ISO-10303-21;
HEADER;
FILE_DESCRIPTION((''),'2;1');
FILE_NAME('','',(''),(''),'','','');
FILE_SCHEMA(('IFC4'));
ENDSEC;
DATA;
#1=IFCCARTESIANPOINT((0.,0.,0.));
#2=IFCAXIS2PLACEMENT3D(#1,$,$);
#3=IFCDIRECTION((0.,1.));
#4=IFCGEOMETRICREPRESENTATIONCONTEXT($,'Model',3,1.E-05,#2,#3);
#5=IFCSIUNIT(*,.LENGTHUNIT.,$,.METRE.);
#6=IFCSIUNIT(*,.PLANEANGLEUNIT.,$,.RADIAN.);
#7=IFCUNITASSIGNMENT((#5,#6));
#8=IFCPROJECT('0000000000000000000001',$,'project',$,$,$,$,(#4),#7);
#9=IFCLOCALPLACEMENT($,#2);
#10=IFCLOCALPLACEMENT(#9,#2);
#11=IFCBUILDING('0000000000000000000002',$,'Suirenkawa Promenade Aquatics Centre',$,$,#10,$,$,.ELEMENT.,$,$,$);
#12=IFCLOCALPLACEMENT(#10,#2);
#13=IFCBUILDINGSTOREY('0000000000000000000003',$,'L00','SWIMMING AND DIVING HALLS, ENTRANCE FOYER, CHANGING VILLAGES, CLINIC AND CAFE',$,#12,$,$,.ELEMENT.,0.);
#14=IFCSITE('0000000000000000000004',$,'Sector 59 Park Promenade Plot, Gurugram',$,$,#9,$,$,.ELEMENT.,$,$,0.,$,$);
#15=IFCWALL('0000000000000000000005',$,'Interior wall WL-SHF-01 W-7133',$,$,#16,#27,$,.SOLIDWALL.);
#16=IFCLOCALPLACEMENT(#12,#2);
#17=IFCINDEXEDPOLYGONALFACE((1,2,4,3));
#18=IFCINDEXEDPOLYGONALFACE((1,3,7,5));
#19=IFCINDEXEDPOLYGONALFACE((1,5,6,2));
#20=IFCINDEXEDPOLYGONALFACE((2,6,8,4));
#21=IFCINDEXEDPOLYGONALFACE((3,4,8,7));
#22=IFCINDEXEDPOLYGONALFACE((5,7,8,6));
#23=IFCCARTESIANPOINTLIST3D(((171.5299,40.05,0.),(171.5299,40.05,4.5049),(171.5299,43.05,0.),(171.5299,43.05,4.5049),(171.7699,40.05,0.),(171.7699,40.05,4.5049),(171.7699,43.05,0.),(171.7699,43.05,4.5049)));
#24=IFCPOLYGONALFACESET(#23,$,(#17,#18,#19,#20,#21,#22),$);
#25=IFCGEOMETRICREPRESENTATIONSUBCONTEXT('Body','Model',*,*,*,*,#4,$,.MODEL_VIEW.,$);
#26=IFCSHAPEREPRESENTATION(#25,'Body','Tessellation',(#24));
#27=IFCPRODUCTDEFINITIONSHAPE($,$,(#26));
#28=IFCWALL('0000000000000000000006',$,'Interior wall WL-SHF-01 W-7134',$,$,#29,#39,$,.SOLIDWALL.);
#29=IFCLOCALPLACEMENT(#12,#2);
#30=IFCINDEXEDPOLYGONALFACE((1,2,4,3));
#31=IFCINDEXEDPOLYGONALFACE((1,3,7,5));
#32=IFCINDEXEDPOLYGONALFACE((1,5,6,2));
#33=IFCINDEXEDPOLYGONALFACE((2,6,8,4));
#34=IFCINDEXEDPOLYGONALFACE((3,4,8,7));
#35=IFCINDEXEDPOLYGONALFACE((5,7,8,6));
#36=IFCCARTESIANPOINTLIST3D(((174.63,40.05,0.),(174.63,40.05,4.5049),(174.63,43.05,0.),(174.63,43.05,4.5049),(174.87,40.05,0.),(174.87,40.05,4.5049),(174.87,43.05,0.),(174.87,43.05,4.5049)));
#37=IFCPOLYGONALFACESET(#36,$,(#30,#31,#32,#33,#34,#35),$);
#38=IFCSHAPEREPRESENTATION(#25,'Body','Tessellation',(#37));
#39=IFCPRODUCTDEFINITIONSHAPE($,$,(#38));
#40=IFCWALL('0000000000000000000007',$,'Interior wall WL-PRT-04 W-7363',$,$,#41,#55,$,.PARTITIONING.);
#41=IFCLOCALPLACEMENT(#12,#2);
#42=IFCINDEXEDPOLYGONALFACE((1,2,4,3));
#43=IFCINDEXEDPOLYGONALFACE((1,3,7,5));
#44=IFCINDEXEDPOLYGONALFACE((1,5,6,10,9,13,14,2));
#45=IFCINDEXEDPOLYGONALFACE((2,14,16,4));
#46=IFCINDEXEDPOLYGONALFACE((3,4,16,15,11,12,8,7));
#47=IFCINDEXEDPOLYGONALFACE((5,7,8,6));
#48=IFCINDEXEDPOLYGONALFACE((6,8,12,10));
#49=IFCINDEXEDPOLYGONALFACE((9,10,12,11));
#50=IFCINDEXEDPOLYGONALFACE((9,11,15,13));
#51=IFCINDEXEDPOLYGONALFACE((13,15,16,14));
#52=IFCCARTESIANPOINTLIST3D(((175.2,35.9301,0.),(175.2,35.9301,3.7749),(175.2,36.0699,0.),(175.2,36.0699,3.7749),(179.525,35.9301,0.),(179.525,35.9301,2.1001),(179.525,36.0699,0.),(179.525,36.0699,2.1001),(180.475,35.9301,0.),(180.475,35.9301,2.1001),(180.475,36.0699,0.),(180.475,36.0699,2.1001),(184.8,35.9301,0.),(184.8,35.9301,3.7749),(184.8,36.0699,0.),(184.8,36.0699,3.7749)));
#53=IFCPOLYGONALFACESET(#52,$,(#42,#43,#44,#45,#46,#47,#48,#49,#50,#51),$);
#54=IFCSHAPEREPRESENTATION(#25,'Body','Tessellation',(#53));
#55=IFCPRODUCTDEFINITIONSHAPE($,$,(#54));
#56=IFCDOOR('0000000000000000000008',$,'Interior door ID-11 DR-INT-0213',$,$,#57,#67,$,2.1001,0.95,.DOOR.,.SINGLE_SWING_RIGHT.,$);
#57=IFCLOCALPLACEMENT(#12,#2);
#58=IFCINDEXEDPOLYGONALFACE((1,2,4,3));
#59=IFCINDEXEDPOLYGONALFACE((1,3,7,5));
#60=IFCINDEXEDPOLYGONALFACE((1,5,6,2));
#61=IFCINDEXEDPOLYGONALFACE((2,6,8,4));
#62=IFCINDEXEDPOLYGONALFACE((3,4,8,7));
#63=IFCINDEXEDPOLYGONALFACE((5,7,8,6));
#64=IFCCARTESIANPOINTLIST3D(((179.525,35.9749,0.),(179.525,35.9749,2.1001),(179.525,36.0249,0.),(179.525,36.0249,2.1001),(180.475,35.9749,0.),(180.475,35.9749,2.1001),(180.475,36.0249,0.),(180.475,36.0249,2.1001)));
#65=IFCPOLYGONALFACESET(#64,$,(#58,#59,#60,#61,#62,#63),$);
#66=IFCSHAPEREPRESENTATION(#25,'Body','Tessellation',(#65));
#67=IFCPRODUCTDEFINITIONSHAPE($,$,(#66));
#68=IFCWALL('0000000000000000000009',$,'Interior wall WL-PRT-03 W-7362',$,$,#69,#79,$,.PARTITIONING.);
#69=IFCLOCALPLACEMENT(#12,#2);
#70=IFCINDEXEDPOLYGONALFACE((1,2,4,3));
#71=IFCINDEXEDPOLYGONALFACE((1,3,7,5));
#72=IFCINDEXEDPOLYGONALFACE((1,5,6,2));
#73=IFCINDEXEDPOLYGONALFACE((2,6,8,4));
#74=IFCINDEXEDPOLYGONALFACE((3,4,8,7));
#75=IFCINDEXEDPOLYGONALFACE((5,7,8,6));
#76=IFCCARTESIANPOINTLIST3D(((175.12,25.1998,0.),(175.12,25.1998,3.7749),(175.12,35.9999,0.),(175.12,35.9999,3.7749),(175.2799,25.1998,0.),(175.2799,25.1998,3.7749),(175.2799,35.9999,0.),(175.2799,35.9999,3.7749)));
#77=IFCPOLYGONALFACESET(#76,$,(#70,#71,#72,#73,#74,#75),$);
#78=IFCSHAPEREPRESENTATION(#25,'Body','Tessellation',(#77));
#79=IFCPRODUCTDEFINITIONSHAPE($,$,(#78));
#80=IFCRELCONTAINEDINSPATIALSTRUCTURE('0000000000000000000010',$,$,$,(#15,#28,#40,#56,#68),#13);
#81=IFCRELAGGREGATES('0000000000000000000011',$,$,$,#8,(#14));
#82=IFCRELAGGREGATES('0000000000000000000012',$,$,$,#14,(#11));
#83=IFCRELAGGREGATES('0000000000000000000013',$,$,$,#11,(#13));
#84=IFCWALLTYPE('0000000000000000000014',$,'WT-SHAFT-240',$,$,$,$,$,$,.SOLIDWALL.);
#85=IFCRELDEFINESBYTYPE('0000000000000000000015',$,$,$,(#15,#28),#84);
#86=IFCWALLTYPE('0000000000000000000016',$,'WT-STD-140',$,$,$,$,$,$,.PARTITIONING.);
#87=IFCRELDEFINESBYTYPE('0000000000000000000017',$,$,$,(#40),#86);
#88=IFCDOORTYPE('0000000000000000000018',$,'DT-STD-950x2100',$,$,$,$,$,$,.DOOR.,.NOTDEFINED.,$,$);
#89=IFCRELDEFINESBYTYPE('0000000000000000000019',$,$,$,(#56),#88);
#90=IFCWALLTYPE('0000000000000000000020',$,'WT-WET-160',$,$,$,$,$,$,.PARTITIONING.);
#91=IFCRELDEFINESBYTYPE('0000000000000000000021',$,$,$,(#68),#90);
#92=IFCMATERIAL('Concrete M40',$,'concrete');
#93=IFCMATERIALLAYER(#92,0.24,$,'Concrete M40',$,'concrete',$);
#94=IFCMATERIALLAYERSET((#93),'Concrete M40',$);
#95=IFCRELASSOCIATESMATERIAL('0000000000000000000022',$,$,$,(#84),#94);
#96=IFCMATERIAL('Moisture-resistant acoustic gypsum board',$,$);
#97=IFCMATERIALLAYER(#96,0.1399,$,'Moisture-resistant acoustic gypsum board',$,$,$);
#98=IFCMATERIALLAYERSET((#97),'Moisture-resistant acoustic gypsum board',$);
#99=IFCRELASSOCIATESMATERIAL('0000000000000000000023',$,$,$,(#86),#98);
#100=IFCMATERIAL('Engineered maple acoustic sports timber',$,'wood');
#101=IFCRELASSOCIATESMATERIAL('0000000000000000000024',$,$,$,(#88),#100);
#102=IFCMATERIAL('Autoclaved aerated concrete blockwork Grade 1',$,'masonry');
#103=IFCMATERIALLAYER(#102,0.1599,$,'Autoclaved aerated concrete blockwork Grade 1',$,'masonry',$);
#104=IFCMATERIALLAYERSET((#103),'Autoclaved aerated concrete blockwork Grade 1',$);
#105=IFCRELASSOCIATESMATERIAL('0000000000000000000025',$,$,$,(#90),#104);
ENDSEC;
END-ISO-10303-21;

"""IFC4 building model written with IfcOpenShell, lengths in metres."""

from ifc_helpers import new_model, si_unit, direction, frame, frame_2d, origin, place, context, subcontext, project, spatial, rectangle, extrude, material, layer, layer_set, type_object, element, fill, save


model = new_model("IFC4")

# Units and contexts
model_context = context("Model", 3, precision=1e-05, world=origin(), true_north=direction((0.0, 1.0)))
body_context = subcontext(model_context, "Body", "Model", "MODEL_VIEW")
ifc_project = project(units=[si_unit("LENGTHUNIT", "METRE"), si_unit("PLANEANGLEUNIT", "RADIAN")], contexts=[model_context])

# Site, building, storey
site_placement = place(None, origin())
site = spatial("IfcSite", under=ifc_project, at=site_placement, Name="Sector 59 Park Promenade Plot, Gurugram", CompositionType="ELEMENT", RefElevation=0.0)
building_placement = place(site_placement, origin())
building = spatial("IfcBuilding", under=site, at=building_placement, Name="Suirenkawa Promenade Aquatics Centre", CompositionType="ELEMENT")
storey_placement = place(building_placement, origin())
storey = spatial("IfcBuildingStorey", under=building, at=storey_placement, Name="L00", Description="SWIMMING AND DIVING HALLS, ENTRANCE FOYER, CHANGING VILLAGES, CLINIC AND CAFE", CompositionType="ELEMENT", Elevation=0.0)

# Shared definitions
ifc_material_1 = material(Name="Concrete M40", Category="concrete")

# Shared definitions
ifc_material_2 = material(Name="Autoclaved aerated concrete blockwork Grade 1", Category="masonry")
ifc_material_3 = material(Name="Engineered maple acoustic sports timber", Category="wood")

# Walls
ifc_layer_1 = layer(ifc_material_1, 0.24, Name="Concrete M40", Category="concrete")
ifc_layer_set_1 = layer_set([ifc_layer_1], Name="Concrete M40")
wall_type_1 = type_object("IfcWallType", Name="WT-SHAFT-240", PredefinedType="SOLIDWALL", material=ifc_layer_set_1)
for number, where, z_axis, x_axis, name in (
    (1, (171.6499, 40.05, 0.0), (0.0, 0.0, 1.0), (0.0, 1.0, 0.0), "Interior wall WL-SHF-01 W-7133"),
    (2, (174.75, 40.05, 0.0), (0.0, 0.0, 1.0), (0.0, 1.0, 0.0), "Interior wall WL-SHF-01 W-7134"),
):
    element("IfcWall", number, at=place(storey_placement, frame(where, z_axis=z_axis, x_axis=x_axis)), inside=storey, type_object=wall_type_1, Name=name, PredefinedType="SOLIDWALL", context=body_context, shape_type="SweptSolid", body=[
        extrude(rectangle(XDim=3.0, YDim=0.24, at=frame_2d((1.5, 0.0))), origin(), (0.0, 0.0, 1.0), 4.5049),
    ])

# Wall, opening, door
ifc_material_4 = material(Name="Moisture-resistant acoustic gypsum board")
ifc_layer_2 = layer(ifc_material_4, 0.1399, Name="Moisture-resistant acoustic gypsum board")
ifc_layer_set_2 = layer_set([ifc_layer_2], Name="Moisture-resistant acoustic gypsum board")
wall_type_2 = type_object("IfcWallType", Name="WT-STD-140", PredefinedType="PARTITIONING", material=ifc_layer_set_2)
wall_1_placement = place(storey_placement, frame((175.2, 36.0, 0.0), z_axis=(0.0, 0.0, 1.0), x_axis=(1.0, 0.0, 0.0)))
wall_1 = element("IfcWall", 3, at=wall_1_placement, inside=storey, type_object=wall_type_2, Name="Interior wall WL-PRT-04 W-7363", PredefinedType="PARTITIONING", context=body_context, shape_type="SweptSolid", body=[
    extrude(rectangle(XDim=9.6001, YDim=0.1399, at=frame_2d((4.8, 0.0))), origin(), (0.0, 0.0, 1.0), 3.7749),
])
opening_1_placement = place(wall_1_placement, frame((4.325, 0.0, 0.0)))
opening_1 = element("IfcOpeningElement", 4, at=opening_1_placement, cuts=wall_1, PredefinedType="OPENING", context=body_context, shape_type="SweptSolid", body=[
    extrude(rectangle(XDim=0.95, YDim=2.1001, at=frame_2d((0.4751, 1.05))), frame((0.0, 0.0798, 0.0), z_axis=(0.0, -1.0, 0.0), x_axis=(1.0, 0.0, 0.0)), (0.0, 0.0, 1.0), 0.1599),
])
door_type_1 = type_object("IfcDoorType", Name="DT-STD-950x2100", OperationType="NOTDEFINED", PredefinedType="DOOR", material=ifc_material_3)
door_1_placement = place(opening_1_placement, origin())
door_1 = element("IfcDoor", 5, at=door_1_placement, inside=storey, type_object=door_type_1, Name="Interior door ID-11 DR-INT-0213", OperationType="SINGLE_SWING_RIGHT", OverallHeight=2.1001, OverallWidth=0.95, PredefinedType="DOOR", context=body_context, shape_type="SweptSolid", body=[
    extrude(rectangle(XDim=0.95, YDim=2.1001, at=frame_2d((0.4751, 1.05))), frame((0.0, 0.0249, 0.0), z_axis=(0.0, -1.0, 0.0), x_axis=(1.0, 0.0, 0.0)), (0.0, 0.0, 1.0), 0.05),
])
fill(opening_1, door_1)

# Wall
ifc_layer_3 = layer(ifc_material_2, 0.1599, Name="Autoclaved aerated concrete blockwork Grade 1", Category="masonry")
ifc_layer_set_3 = layer_set([ifc_layer_3], Name="Autoclaved aerated concrete blockwork Grade 1")
wall_type_3 = type_object("IfcWallType", Name="WT-WET-160", PredefinedType="PARTITIONING", material=ifc_layer_set_3)
wall_2_placement = place(storey_placement, frame((175.2, 25.2, 0.0), z_axis=(0.0, 0.0, 1.0), x_axis=(0.0, 1.0, 0.0)))
element("IfcWall", 6, at=wall_2_placement, inside=storey, type_object=wall_type_3, Name="Interior wall WL-PRT-03 W-7362", PredefinedType="PARTITIONING", context=body_context, shape_type="SweptSolid", body=[
    extrude(rectangle(XDim=10.8, YDim=0.1599, at=frame_2d((5.3999, 0.0))), origin(), (0.0, 0.0, 1.0), 3.7749),
])

save(model, "model.ifc")
